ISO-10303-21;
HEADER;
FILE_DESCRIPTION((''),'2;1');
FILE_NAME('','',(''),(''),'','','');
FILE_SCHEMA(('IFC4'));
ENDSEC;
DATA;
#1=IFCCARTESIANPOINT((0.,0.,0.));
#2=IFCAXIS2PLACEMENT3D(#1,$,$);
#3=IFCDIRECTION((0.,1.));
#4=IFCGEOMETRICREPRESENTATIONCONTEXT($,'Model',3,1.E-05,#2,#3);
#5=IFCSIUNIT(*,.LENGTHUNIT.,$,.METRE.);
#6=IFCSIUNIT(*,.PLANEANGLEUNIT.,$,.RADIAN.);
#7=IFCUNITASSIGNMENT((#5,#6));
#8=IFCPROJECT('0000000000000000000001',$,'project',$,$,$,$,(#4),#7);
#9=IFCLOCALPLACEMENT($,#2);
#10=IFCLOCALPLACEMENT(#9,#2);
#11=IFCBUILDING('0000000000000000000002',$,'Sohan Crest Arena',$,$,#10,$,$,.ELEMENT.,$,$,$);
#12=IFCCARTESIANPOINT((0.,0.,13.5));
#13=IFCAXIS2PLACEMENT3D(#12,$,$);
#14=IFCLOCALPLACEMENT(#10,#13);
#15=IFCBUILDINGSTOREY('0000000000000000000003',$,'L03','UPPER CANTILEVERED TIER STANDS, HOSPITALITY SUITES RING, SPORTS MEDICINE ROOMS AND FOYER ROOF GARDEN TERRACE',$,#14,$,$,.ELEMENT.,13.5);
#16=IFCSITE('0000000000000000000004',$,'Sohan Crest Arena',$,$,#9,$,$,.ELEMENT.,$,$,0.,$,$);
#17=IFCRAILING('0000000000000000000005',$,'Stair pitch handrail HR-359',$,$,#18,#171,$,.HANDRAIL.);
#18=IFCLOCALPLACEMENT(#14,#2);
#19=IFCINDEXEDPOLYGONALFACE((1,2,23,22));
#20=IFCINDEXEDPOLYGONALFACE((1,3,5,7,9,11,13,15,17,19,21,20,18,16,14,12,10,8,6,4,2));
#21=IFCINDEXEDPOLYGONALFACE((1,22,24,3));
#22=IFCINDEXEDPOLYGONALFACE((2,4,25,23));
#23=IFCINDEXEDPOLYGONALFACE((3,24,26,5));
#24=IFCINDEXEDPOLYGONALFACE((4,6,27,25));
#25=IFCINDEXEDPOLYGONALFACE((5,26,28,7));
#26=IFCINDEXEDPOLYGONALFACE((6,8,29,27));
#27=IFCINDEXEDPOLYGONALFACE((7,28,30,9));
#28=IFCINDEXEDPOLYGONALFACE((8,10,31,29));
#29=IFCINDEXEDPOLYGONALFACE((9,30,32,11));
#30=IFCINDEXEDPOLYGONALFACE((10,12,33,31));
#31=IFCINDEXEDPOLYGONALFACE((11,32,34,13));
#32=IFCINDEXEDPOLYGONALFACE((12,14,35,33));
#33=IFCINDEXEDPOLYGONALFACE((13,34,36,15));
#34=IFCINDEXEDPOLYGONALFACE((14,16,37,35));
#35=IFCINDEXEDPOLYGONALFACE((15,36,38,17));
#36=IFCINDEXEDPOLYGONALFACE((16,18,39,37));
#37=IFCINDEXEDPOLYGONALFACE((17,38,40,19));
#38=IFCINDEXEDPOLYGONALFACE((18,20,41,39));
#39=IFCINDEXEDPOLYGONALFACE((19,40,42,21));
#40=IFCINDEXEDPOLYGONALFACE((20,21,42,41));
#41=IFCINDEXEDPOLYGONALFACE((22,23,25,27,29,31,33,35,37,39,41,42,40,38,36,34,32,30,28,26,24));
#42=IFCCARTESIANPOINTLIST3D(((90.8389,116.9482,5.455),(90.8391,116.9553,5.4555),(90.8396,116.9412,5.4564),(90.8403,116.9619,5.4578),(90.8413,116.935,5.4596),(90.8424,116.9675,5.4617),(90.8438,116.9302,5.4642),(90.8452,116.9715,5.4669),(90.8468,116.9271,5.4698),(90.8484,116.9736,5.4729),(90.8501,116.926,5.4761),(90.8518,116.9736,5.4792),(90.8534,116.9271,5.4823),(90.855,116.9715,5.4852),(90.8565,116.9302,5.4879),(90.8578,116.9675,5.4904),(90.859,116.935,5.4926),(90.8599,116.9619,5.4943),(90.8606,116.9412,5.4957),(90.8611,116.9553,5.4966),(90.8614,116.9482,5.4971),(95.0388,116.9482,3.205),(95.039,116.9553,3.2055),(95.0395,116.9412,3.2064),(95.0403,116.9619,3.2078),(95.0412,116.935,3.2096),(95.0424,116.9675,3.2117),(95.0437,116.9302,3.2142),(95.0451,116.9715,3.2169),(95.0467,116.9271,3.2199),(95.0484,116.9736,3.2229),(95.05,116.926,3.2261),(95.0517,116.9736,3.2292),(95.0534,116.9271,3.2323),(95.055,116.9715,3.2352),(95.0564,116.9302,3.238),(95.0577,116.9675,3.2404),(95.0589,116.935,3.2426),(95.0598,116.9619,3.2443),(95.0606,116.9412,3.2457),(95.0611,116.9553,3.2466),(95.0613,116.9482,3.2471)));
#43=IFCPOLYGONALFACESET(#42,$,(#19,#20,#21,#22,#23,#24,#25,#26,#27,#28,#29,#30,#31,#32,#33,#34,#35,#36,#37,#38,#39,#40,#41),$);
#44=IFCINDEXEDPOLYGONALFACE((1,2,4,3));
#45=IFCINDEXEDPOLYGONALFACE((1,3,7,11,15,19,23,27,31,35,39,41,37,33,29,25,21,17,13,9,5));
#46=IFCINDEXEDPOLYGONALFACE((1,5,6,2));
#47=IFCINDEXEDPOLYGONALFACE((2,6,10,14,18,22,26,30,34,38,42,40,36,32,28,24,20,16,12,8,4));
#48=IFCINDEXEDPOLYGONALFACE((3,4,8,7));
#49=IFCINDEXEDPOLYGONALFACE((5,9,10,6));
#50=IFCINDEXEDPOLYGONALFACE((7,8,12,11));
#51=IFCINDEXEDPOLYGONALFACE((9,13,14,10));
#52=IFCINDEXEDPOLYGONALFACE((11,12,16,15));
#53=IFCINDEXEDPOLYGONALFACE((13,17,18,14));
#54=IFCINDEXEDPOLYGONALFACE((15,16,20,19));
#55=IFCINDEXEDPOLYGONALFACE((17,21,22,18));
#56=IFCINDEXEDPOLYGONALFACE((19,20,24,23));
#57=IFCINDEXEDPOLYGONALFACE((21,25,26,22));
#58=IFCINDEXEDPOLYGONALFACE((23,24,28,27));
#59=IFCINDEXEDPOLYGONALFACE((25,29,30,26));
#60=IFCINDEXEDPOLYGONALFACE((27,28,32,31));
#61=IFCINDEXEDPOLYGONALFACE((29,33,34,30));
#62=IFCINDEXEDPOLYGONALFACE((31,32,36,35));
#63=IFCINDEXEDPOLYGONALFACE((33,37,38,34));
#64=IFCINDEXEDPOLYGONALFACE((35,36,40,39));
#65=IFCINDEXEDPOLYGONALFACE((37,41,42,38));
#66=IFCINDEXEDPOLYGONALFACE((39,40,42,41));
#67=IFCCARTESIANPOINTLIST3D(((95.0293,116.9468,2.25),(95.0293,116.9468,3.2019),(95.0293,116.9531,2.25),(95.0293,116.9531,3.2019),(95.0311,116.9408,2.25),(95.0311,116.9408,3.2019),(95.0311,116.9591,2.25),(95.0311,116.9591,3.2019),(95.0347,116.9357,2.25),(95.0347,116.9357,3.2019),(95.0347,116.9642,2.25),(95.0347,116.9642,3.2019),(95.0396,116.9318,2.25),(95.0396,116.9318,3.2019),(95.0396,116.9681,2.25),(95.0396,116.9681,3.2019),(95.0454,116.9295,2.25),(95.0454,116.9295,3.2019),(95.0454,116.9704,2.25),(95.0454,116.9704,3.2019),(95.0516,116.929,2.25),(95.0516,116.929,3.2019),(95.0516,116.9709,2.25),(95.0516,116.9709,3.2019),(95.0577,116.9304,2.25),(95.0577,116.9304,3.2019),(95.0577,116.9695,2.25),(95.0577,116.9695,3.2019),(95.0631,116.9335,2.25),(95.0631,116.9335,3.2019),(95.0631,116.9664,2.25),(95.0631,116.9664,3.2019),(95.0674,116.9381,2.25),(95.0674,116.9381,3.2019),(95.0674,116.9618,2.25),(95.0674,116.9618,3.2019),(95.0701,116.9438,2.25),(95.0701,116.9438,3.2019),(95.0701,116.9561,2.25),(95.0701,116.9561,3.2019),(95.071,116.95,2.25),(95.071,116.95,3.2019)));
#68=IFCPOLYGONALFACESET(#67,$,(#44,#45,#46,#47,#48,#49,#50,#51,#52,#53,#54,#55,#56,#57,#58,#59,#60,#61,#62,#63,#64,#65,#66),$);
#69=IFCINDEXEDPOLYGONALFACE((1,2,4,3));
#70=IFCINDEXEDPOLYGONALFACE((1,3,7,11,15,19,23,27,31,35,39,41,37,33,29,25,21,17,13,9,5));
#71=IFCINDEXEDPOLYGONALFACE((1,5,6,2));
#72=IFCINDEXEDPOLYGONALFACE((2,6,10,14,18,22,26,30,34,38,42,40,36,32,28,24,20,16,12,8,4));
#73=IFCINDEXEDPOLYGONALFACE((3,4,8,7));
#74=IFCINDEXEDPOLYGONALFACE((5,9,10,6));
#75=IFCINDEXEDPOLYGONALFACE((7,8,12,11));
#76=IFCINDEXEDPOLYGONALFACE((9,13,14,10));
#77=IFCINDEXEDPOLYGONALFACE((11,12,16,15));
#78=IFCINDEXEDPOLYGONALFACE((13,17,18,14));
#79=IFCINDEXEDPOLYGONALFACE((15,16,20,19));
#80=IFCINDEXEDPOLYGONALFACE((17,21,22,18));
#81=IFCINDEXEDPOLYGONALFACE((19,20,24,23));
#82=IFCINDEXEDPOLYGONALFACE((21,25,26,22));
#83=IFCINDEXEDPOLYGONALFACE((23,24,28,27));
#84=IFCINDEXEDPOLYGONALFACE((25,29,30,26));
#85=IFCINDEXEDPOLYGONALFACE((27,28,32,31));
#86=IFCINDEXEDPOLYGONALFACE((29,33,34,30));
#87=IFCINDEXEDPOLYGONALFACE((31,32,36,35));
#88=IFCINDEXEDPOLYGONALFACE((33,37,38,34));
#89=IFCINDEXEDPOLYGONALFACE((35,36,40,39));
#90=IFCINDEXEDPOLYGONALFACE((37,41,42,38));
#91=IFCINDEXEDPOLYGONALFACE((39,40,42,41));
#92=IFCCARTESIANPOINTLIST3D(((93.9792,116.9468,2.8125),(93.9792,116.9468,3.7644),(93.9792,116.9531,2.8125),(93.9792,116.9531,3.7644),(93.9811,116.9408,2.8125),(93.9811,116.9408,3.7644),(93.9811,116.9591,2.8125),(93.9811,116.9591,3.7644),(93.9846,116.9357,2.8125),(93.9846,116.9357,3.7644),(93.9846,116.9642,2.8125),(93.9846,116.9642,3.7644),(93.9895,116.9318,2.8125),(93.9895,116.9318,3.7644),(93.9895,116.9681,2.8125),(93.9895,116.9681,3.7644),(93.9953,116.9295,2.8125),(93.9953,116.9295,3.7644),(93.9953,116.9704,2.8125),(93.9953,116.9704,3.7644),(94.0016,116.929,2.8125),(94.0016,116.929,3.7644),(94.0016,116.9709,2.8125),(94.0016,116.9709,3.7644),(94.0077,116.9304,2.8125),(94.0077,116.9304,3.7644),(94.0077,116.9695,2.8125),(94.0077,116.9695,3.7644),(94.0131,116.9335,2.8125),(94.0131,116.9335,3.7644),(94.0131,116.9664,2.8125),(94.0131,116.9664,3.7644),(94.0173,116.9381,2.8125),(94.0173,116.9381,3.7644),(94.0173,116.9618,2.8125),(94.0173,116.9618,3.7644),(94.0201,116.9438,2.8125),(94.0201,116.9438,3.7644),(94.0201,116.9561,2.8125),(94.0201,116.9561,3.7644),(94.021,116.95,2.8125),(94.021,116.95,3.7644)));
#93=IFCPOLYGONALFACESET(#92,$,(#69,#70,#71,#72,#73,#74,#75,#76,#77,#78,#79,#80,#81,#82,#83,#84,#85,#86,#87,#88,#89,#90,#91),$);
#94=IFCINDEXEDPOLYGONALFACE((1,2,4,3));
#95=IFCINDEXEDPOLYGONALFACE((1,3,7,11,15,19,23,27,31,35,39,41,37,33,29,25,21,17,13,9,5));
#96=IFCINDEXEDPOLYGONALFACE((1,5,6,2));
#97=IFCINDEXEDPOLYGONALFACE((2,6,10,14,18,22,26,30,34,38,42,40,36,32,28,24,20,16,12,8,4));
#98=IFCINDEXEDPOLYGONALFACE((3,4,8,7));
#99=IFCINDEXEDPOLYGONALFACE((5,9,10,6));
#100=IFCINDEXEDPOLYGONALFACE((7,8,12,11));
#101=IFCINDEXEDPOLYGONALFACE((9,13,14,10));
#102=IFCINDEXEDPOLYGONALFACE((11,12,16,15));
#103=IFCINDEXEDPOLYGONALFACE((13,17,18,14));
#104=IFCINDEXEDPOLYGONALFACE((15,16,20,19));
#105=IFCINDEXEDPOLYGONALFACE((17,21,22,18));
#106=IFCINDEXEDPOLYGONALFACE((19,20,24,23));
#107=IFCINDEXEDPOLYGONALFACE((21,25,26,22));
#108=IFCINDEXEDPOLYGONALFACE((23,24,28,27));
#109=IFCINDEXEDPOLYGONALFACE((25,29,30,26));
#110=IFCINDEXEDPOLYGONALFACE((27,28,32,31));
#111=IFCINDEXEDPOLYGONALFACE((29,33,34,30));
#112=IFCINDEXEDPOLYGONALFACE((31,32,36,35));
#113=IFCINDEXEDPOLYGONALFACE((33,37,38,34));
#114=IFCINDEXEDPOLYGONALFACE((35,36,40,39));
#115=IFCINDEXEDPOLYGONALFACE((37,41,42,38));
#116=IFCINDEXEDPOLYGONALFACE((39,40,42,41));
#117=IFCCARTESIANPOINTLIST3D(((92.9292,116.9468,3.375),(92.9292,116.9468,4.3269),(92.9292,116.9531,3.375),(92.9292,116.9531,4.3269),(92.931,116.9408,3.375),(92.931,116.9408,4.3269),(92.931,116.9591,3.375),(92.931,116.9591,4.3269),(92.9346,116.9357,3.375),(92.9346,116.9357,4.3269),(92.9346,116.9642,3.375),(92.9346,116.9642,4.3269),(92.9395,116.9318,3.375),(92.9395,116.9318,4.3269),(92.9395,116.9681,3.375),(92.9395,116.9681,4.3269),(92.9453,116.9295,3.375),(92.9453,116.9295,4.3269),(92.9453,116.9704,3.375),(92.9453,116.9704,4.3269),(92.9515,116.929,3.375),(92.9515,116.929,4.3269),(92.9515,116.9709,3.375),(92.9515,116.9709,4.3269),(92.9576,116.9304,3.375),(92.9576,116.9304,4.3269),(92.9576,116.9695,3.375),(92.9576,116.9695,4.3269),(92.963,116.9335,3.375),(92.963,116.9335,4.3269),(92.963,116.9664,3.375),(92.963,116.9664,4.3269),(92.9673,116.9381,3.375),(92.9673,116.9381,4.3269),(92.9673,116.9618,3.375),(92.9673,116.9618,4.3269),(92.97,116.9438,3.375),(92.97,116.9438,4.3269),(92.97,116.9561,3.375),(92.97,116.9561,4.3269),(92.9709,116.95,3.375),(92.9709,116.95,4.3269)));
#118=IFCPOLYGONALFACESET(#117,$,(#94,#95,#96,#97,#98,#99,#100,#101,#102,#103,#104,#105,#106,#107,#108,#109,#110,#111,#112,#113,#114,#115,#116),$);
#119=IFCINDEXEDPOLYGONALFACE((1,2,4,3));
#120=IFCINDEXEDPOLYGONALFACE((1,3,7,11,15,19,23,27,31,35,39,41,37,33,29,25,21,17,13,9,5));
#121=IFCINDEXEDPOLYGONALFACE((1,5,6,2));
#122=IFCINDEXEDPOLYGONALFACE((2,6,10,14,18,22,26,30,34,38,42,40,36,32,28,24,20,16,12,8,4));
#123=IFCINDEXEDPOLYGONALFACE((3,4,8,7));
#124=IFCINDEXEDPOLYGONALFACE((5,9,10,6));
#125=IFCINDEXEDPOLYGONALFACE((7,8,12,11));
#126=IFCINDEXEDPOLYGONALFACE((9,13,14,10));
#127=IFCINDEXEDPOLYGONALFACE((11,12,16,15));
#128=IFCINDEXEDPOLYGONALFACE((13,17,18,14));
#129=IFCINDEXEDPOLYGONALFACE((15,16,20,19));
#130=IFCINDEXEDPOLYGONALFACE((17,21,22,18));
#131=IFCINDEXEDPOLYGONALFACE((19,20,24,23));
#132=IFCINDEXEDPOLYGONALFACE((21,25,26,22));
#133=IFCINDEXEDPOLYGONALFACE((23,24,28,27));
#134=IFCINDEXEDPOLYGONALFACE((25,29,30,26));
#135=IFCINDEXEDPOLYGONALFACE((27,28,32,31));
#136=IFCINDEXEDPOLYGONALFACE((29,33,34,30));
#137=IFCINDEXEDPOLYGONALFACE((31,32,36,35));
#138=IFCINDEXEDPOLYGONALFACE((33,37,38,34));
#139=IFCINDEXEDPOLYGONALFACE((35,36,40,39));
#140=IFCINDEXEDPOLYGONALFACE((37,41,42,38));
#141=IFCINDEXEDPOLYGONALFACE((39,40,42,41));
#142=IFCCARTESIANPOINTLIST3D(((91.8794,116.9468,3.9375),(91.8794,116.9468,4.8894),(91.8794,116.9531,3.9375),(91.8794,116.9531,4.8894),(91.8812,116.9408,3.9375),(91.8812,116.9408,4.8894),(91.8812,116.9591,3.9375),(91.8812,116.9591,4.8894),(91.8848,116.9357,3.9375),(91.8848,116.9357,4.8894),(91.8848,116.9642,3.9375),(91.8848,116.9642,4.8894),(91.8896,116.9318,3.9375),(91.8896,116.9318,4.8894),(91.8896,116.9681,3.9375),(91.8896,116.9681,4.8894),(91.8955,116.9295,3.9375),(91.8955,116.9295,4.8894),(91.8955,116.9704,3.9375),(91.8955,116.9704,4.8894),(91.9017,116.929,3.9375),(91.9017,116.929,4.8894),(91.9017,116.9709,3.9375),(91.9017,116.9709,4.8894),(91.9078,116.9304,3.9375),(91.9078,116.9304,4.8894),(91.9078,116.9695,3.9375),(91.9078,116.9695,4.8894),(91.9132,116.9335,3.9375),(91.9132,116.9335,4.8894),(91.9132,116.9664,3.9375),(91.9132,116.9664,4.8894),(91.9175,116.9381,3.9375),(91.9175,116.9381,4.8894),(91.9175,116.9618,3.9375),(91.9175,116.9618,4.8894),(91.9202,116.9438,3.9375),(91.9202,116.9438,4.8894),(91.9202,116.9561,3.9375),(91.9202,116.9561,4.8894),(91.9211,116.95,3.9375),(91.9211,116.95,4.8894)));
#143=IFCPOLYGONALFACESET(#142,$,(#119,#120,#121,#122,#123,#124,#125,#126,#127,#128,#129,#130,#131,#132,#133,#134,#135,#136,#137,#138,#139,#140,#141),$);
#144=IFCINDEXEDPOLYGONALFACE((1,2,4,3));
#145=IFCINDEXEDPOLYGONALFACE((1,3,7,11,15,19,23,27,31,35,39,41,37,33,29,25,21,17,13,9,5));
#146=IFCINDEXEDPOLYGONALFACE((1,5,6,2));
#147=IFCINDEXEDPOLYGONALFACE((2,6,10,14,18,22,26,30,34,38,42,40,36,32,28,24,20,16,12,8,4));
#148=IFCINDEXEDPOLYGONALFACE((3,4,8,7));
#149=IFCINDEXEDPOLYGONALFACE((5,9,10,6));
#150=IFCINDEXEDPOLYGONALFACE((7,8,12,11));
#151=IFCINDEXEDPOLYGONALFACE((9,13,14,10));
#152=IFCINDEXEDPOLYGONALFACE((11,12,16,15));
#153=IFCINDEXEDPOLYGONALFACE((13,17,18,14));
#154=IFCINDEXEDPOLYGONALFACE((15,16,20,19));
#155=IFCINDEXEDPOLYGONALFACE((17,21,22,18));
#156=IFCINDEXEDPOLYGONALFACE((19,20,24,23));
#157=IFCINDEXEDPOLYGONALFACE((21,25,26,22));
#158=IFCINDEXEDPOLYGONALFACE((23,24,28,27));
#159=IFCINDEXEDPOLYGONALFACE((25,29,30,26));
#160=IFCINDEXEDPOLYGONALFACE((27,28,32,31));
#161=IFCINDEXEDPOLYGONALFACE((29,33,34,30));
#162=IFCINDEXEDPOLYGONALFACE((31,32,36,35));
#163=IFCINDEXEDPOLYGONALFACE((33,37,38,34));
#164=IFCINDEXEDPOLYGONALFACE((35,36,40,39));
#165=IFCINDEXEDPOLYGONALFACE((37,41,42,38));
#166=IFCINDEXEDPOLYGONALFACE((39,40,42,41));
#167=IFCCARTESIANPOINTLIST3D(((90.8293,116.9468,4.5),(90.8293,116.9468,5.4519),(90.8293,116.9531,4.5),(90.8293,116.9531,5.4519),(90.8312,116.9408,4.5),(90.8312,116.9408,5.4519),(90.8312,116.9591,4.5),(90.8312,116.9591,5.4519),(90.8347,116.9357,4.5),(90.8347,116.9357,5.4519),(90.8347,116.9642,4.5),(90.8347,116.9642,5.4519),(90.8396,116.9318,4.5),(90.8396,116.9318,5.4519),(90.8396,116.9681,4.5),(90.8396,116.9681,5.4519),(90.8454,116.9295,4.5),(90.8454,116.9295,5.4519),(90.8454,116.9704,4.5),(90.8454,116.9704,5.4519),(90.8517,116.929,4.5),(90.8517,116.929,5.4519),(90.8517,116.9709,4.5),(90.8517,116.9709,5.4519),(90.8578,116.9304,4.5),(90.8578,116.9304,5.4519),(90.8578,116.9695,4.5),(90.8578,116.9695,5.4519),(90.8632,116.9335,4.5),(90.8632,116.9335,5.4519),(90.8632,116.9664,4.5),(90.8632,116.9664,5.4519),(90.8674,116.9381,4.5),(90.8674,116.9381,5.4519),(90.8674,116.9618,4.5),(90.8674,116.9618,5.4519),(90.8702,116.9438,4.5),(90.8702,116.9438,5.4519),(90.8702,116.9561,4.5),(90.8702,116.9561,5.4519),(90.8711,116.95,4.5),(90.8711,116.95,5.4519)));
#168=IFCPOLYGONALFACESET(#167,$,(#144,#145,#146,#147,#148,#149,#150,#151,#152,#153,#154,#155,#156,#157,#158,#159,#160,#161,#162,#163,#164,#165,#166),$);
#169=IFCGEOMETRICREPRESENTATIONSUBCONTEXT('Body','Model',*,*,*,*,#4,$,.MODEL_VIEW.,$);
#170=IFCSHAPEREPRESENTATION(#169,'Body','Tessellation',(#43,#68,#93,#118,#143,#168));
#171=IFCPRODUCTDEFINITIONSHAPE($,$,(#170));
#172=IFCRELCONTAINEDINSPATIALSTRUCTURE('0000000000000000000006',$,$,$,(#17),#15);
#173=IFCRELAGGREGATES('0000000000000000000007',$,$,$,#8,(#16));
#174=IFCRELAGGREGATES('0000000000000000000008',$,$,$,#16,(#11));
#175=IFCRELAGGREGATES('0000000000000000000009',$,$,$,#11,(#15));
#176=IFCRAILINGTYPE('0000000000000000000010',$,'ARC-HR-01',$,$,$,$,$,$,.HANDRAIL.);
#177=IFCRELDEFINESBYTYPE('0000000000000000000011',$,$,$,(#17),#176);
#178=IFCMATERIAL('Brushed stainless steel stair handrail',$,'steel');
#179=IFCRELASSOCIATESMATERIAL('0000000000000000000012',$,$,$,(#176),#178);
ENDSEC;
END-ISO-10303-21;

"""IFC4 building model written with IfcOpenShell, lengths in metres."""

from ifc_helpers import new_model, si_unit, direction, frame, origin, origin_2d, place, context, subcontext, project, spatial, circle, extrude, material, type_object, element, save


model = new_model("IFC4")

# Units and contexts
model_context = context("Model", 3, precision=1e-05, world=origin(), true_north=direction((0.0, 1.0)))
body_context = subcontext(model_context, "Body", "Model", "MODEL_VIEW")
ifc_project = project(units=[si_unit("LENGTHUNIT", "METRE"), si_unit("PLANEANGLEUNIT", "RADIAN")], contexts=[model_context])

# Site, building, storey
site_placement = place(None, origin())
site = spatial("IfcSite", under=ifc_project, at=site_placement, Name="Sohan Crest Arena", CompositionType="ELEMENT", RefElevation=0.0)
building_placement = place(site_placement, origin())
building = spatial("IfcBuilding", under=site, at=building_placement, Name="Sohan Crest Arena", CompositionType="ELEMENT")
storey_placement = place(building_placement, frame((0.0, 0.0, 13.5)))
storey = spatial("IfcBuildingStorey", under=building, at=storey_placement, Name="L03", Description="UPPER CANTILEVERED TIER STANDS, HOSPITALITY SUITES RING, SPORTS MEDICINE ROOMS AND FOYER ROOF GARDEN TERRACE", CompositionType="ELEMENT", Elevation=13.5)

# Railing
ifc_material_1 = material(Name="Brushed stainless steel stair handrail", Category="steel")
railing_type_1 = type_object("IfcRailingType", Name="ARC-HR-01", PredefinedType="HANDRAIL", material=ifc_material_1)
railing_1_placement = place(storey_placement, frame((95.05, 116.95, 2.25)))
element("IfcRailing", 1, at=railing_1_placement, inside=storey, type_object=railing_type_1, Name="Stair pitch handrail HR-359", PredefinedType="HANDRAIL", context=body_context, shape_type="SweptSolid", body=[
    extrude(circle(Radius=0.0239, at=origin_2d()), frame((0.0, 0.0, 0.9761), z_axis=(-0.881478, 0.0, 0.472226), x_axis=(0.0, -1.0, 0.0)), (0.0, 0.0, 1.0), 4.7646),
    extrude(circle(Radius=0.021, at=origin_2d()), origin(), (0.0, 0.0, 1.0), 0.9519),
    extrude(circle(Radius=0.021, at=origin_2d()), frame((-1.05, 0.0, 0.5625)), (0.0, 0.0, 1.0), 0.9519),
    extrude(circle(Radius=0.021, at=origin_2d()), frame((-2.1001, 0.0, 1.125)), (0.0, 0.0, 1.0), 0.9519),
    extrude(circle(Radius=0.021, at=origin_2d()), frame((-3.1499, 0.0, 1.6875)), (0.0, 0.0, 1.0), 0.9519),
    extrude(circle(Radius=0.021, at=origin_2d()), frame((-4.2, 0.0, 2.25)), (0.0, 0.0, 1.0), 0.9519),
])

save(model, "model.ifc")
